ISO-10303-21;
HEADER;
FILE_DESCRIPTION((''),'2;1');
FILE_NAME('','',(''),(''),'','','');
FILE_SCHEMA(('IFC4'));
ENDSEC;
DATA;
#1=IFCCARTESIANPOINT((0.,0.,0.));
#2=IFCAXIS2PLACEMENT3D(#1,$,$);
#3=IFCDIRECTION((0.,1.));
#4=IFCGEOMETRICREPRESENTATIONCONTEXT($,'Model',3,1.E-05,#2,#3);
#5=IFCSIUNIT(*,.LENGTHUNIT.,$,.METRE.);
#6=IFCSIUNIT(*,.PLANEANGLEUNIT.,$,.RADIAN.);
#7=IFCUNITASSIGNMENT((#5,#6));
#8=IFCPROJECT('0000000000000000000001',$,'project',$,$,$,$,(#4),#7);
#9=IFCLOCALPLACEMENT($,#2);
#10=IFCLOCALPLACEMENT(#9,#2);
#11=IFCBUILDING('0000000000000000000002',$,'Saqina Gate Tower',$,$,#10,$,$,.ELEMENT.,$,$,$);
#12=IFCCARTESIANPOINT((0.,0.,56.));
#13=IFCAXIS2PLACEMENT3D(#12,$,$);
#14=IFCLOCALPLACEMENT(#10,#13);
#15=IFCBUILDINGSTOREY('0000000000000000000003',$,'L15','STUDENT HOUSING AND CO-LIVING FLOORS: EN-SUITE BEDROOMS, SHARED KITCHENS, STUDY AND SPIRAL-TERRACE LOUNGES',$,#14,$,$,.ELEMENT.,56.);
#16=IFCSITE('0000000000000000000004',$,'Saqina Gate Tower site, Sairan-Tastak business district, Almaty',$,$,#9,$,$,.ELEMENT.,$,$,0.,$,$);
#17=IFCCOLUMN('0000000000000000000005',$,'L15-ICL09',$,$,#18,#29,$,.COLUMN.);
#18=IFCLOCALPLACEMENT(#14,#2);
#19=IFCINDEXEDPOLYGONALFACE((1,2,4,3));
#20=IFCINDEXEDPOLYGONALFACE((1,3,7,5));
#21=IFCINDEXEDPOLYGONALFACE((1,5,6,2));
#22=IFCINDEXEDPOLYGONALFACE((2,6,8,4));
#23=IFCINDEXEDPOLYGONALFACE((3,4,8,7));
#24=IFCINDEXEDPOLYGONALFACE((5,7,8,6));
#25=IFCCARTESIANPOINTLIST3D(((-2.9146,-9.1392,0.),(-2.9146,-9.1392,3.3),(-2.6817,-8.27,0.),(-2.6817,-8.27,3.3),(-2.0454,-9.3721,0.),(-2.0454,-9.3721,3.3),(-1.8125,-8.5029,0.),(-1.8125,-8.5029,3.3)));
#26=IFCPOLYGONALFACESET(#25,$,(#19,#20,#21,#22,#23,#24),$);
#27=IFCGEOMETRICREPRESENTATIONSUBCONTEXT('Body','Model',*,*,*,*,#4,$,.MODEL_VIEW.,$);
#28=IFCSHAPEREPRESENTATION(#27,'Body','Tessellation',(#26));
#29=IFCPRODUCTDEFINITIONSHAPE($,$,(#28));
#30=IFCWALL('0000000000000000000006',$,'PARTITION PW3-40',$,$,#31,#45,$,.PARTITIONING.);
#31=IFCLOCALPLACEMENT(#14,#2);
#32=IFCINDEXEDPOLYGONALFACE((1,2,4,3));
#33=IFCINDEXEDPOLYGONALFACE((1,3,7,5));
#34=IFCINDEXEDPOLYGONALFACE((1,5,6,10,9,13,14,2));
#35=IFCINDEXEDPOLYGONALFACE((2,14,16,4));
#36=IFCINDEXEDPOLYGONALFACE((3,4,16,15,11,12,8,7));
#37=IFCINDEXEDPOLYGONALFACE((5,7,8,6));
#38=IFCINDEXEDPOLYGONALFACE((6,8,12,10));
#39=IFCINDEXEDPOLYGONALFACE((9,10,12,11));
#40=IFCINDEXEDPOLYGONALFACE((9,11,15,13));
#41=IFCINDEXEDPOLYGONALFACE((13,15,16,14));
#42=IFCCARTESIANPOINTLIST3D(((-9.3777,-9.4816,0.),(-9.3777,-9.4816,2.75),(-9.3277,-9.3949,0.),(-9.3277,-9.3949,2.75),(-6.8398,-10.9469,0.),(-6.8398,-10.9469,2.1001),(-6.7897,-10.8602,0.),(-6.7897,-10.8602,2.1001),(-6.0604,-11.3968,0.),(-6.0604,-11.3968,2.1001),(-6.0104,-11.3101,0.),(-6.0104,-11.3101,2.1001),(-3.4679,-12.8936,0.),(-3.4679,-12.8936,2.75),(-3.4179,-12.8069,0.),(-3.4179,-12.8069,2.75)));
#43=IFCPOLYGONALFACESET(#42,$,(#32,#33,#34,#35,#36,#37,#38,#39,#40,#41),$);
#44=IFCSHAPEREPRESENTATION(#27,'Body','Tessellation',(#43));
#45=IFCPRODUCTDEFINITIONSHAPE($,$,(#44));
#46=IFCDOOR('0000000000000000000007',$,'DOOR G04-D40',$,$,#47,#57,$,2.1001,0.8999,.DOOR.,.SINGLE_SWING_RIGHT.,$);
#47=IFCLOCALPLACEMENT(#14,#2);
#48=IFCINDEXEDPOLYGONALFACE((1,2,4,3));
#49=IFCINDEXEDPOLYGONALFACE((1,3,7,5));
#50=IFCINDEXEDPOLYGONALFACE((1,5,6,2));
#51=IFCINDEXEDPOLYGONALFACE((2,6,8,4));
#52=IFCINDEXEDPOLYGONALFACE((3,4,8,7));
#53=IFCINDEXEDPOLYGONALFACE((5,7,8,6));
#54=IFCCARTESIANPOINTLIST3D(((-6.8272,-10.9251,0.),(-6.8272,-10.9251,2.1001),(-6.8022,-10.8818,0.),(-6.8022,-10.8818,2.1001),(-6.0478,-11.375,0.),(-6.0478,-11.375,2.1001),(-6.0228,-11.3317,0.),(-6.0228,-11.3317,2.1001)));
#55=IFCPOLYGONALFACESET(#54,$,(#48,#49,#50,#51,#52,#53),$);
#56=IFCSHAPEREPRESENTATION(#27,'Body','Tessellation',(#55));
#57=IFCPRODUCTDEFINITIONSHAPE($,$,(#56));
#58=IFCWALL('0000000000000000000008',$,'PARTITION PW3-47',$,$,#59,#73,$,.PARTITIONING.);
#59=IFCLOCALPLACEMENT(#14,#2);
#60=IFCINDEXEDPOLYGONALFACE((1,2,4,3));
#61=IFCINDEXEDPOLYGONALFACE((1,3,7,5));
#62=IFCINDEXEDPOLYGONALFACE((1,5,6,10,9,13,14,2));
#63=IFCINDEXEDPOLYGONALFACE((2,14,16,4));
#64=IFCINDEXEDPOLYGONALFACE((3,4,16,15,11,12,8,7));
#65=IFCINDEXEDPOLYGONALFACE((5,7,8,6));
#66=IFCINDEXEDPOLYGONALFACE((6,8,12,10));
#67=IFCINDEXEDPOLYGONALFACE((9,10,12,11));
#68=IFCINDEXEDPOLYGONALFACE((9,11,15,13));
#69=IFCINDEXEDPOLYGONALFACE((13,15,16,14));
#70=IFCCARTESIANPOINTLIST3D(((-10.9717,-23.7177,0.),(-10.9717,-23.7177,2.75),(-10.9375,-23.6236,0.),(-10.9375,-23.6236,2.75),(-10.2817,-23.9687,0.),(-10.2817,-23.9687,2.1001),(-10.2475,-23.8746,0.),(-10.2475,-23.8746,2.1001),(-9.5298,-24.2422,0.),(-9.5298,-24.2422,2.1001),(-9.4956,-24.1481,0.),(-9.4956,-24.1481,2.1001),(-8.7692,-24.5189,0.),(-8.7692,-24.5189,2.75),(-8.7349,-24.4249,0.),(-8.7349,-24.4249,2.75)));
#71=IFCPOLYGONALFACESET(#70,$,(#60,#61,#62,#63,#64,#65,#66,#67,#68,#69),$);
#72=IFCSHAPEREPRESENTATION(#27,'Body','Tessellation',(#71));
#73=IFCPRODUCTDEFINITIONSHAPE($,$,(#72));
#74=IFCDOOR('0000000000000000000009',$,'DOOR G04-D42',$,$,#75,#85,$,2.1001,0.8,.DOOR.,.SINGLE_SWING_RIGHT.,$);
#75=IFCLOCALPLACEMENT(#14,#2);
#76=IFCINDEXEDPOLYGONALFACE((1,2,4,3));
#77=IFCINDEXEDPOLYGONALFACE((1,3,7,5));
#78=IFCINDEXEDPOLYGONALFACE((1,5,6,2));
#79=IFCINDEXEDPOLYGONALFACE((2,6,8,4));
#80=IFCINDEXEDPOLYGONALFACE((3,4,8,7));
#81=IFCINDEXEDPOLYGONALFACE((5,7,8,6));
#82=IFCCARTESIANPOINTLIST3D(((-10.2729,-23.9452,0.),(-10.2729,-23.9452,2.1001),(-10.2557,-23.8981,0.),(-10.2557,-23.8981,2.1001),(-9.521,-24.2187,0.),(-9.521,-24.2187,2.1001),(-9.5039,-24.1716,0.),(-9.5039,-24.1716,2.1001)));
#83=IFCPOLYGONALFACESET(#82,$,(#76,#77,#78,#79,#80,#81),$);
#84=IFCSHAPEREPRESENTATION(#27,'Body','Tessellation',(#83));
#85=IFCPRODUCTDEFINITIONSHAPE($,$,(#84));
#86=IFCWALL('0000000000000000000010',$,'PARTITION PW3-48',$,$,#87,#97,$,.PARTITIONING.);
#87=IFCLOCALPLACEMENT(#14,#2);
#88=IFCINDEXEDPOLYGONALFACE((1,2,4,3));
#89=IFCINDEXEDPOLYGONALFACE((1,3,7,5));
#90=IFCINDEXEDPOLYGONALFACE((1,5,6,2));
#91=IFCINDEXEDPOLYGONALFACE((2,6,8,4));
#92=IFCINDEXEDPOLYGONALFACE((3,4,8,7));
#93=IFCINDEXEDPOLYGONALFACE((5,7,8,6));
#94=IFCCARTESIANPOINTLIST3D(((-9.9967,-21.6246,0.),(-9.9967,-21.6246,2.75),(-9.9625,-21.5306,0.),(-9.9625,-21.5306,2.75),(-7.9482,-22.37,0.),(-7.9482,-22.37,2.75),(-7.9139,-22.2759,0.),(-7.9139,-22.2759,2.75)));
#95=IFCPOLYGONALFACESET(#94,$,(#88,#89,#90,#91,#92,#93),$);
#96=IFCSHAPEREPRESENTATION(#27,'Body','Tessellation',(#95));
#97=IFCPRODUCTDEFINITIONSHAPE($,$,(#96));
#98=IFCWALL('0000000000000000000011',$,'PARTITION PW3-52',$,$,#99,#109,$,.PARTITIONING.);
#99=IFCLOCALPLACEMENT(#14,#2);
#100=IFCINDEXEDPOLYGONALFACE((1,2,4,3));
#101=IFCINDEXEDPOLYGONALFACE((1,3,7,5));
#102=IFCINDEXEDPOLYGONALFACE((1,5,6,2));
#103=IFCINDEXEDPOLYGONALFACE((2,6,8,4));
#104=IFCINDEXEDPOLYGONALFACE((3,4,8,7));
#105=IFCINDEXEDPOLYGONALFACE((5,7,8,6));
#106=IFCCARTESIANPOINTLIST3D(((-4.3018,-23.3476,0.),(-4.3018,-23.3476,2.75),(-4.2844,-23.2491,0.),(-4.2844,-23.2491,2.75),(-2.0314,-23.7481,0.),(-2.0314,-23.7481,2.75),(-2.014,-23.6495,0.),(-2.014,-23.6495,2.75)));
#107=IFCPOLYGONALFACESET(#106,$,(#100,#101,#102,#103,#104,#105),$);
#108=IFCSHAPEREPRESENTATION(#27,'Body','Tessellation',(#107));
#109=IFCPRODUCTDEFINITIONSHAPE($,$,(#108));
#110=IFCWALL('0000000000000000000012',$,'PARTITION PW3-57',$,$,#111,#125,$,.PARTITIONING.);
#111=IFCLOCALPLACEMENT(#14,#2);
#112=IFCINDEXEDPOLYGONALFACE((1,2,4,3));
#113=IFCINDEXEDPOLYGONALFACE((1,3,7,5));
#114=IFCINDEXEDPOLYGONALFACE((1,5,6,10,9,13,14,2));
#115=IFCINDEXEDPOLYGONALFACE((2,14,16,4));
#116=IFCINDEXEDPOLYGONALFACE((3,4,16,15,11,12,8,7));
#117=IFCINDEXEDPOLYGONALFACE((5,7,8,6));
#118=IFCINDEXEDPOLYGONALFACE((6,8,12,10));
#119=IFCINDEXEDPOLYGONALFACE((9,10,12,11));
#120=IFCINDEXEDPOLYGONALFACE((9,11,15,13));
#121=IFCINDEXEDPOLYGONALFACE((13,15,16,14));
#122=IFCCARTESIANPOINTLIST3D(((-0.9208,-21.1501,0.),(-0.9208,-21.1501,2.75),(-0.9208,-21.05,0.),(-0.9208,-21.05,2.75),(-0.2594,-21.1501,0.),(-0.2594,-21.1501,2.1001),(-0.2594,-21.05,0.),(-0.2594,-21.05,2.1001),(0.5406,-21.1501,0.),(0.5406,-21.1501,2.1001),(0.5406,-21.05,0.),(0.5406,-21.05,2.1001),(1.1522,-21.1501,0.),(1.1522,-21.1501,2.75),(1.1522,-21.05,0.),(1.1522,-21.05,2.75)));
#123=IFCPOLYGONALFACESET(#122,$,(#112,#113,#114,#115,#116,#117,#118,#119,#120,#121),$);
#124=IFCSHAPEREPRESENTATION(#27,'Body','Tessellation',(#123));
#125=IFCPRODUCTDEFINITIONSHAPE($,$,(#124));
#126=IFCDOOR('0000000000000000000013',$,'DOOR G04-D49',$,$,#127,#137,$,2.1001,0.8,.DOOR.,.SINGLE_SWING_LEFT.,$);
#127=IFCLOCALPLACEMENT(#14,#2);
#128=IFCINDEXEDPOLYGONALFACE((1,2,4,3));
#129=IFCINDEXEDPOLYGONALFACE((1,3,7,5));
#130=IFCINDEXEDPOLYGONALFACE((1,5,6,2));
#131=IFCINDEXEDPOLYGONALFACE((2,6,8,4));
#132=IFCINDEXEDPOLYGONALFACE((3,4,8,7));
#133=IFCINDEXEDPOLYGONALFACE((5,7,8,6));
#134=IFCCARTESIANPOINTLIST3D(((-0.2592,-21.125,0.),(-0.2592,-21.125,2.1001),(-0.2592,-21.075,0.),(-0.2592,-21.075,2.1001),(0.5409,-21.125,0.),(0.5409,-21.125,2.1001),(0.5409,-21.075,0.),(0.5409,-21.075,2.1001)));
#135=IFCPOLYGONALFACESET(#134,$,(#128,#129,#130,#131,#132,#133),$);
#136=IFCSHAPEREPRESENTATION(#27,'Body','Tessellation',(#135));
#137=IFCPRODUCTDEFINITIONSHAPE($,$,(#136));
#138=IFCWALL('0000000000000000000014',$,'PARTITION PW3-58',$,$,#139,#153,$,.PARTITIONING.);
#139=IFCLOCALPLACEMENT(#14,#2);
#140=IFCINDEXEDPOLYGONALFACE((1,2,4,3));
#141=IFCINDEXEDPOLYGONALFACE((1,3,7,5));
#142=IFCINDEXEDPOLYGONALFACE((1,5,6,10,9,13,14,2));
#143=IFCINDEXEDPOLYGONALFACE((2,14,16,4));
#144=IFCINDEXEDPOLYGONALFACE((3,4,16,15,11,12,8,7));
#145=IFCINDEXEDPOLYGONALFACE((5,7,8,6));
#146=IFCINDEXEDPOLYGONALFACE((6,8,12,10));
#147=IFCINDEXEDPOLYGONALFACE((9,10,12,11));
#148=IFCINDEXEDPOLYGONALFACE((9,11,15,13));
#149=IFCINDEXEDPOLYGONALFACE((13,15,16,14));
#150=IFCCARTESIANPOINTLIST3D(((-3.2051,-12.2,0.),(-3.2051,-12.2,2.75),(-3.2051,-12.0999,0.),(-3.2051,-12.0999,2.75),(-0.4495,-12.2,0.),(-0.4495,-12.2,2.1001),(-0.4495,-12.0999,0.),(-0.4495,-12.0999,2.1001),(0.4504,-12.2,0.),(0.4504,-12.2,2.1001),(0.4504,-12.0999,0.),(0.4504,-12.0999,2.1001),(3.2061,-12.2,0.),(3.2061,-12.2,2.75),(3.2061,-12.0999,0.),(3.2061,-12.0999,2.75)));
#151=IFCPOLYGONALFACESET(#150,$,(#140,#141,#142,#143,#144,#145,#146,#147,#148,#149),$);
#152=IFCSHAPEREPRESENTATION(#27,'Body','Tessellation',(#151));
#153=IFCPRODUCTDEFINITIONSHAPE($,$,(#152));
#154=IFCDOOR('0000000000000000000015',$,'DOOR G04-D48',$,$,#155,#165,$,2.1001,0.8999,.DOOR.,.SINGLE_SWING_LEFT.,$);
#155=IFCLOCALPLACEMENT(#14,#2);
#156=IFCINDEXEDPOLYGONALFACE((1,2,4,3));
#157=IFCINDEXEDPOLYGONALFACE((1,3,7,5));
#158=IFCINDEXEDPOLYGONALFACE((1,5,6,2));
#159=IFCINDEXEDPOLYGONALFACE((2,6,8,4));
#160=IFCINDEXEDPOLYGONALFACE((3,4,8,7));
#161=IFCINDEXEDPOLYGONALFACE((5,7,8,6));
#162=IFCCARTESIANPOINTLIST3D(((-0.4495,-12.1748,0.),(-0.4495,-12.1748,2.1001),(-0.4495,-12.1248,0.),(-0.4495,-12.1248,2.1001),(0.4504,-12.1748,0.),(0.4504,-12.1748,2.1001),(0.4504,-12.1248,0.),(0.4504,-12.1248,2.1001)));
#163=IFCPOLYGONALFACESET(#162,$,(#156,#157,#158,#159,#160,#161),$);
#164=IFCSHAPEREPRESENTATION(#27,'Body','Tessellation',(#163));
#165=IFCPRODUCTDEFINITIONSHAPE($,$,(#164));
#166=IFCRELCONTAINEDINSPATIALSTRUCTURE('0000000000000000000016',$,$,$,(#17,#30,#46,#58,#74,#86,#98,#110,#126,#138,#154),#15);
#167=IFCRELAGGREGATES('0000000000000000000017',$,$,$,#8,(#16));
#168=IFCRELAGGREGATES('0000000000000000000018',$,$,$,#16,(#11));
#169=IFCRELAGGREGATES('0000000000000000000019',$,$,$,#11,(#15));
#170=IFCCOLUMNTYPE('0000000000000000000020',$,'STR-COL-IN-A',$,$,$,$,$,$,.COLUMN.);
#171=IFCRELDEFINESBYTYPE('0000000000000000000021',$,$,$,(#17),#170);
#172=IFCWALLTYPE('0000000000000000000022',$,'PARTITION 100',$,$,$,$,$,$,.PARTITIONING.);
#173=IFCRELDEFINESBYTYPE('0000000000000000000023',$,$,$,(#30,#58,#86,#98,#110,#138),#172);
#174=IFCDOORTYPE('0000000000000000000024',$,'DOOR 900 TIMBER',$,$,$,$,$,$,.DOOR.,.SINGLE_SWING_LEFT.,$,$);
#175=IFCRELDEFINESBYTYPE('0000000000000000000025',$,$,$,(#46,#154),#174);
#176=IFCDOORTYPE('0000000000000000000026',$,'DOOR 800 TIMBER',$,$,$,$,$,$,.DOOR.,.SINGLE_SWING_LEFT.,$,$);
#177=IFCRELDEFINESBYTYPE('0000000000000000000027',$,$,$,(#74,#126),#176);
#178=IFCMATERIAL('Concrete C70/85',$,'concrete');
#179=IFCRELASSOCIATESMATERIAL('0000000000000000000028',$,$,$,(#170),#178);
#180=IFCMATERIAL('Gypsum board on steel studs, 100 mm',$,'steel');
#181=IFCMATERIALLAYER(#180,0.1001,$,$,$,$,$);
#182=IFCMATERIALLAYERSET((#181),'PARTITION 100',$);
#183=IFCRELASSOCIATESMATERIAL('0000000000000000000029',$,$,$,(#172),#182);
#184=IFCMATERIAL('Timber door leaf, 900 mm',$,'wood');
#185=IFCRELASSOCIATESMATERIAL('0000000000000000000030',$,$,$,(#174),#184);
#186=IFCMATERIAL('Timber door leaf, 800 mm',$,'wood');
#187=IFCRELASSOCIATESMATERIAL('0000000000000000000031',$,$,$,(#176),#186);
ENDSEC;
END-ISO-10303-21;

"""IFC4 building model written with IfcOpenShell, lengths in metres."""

from ifc_helpers import new_model, si_unit, direction, frame, frame_2d, origin, origin_2d, place, context, subcontext, project, spatial, rectangle, extrude, material, layer, layer_set, material_profile, profile_set, type_object, element, fill, save


model = new_model("IFC4")

# Units and contexts
model_context = context("Model", 3, precision=1e-05, world=origin(), true_north=direction((0.0, 1.0)))
body_context = subcontext(model_context, "Body", "Model", "MODEL_VIEW")
ifc_project = project(units=[si_unit("LENGTHUNIT", "METRE"), si_unit("PLANEANGLEUNIT", "RADIAN")], contexts=[model_context])

# Site, building, storey
site_placement = place(None, origin())
site = spatial("IfcSite", under=ifc_project, at=site_placement, Name="Saqina Gate Tower site, Sairan-Tastak business district, Almaty", CompositionType="ELEMENT", RefElevation=0.0)
building_placement = place(site_placement, origin())
building = spatial("IfcBuilding", under=site, at=building_placement, Name="Saqina Gate Tower", CompositionType="ELEMENT")
storey_placement = place(building_placement, frame((0.0, 0.0, 56.0)))
storey = spatial("IfcBuildingStorey", under=building, at=storey_placement, Name="L15", Description="STUDENT HOUSING AND CO-LIVING FLOORS: EN-SUITE BEDROOMS, SHARED KITCHENS, STUDY AND SPIRAL-TERRACE LOUNGES", CompositionType="ELEMENT", Elevation=56.0)

# Column
ifc_material_1 = material(Name="Concrete C70/85", Category="concrete")
ifc_material_profile = material_profile(ifc_material_1, rectangle(XDim=0.8999, YDim=0.8999, at=origin_2d()), Name="RC 900x900")
ifc_profile_set = profile_set([ifc_material_profile], Name="Concrete C70/85")
column_type = type_object("IfcColumnType", Name="STR-COL-IN-A", PredefinedType="COLUMN", material=ifc_profile_set)
column_placement = place(storey_placement, frame((-2.3635, -8.821, 0.0), z_axis=(0.0, 0.0, 1.0), x_axis=(-0.258819, -0.965926, 0.0)))
element("IfcColumn", 1, at=column_placement, inside=storey, type_object=column_type, Name="L15-ICL09", PredefinedType="COLUMN", context=body_context, shape_type="SweptSolid", body=[
    extrude(rectangle(XDim=0.8999, YDim=0.8999, at=origin_2d()), origin(), (0.0, 0.0, 1.0), 3.3),
])

# Walls, openings, doors
ifc_material_2 = material(Name="Gypsum board on steel studs, 100 mm", Category="steel")
ifc_layer_1 = layer(ifc_material_2, 0.1001)
ifc_layer_set_1 = layer_set([ifc_layer_1], Name="PARTITION 100")
wall_type_1 = type_object("IfcWallType", Name="PARTITION 100", PredefinedType="PARTITIONING", material=ifc_layer_set_1)
wall_1_placement = place(storey_placement, frame((-9.3528, -9.4382, 0.0), z_axis=(0.0, 0.0, 1.0), x_axis=(0.866031, -0.499991, 0.0)))
wall_1 = element("IfcWall", 2, at=wall_1_placement, inside=storey, type_object=wall_type_1, Name="PARTITION PW3-40", PredefinedType="PARTITIONING", context=body_context, shape_type="SweptSolid", body=[
    extrude(rectangle(XDim=6.824, YDim=0.1001, at=frame_2d((3.4121, 0.0))), origin(), (0.0, 0.0, 1.0), 2.75),
])
opening_1_placement = place(wall_1_placement, frame((2.9307, 0.0, 0.0)))
opening_1 = element("IfcOpeningElement", 3, at=opening_1_placement, cuts=wall_1, PredefinedType="OPENING", context=body_context, shape_type="SweptSolid", body=[
    extrude(rectangle(XDim=0.8999, YDim=2.1001, at=frame_2d((0.45, 1.05))), frame((0.0, 0.062, 0.0), z_axis=(0.0, -1.0, 0.0), x_axis=(1.0, 0.0, 0.0)), (0.0, 0.0, 1.0), 0.124),
])
ifc_material_3 = material(Name="Timber door leaf, 900 mm", Category="wood")
door_type_1 = type_object("IfcDoorType", Name="DOOR 900 TIMBER", OperationType="SINGLE_SWING_LEFT", PredefinedType="DOOR", material=ifc_material_3)
door_1_placement = place(opening_1_placement, frame((0.8999, 0.0, 0.0), z_axis=(0.0, 0.0, 1.0), x_axis=(-1.0, 0.0, 0.0)))
door_1 = element("IfcDoor", 4, at=door_1_placement, inside=storey, type_object=door_type_1, Name="DOOR G04-D40", OperationType="SINGLE_SWING_RIGHT", OverallHeight=2.1001, OverallWidth=0.8999, PredefinedType="DOOR", context=body_context, shape_type="SweptSolid", body=[
    extrude(rectangle(XDim=0.8999, YDim=2.1001, at=frame_2d((0.45, 1.05))), frame((0.0, 0.0249, 0.0), z_axis=(0.0, -1.0, 0.0), x_axis=(1.0, 0.0, 0.0)), (0.0, 0.0, 1.0), 0.05),
])
fill(opening_1, door_1)
wall_2_placement = place(storey_placement, frame((-10.9546, -23.6707, 0.0), z_axis=(0.0, 0.0, 1.0), x_axis=(0.939751, -0.34186, 0.0)))
wall_2 = element("IfcWall", 5, at=wall_2_placement, inside=storey, type_object=wall_type_1, Name="PARTITION PW3-47", PredefinedType="PARTITIONING", context=body_context, shape_type="SweptSolid", body=[
    extrude(rectangle(XDim=2.3438, YDim=0.1001, at=frame_2d((1.1719, 0.0))), origin(), (0.0, 0.0, 1.0), 2.75),
])
opening_2_placement = place(wall_2_placement, frame((0.7344, 0.0, 0.0)))
opening_2 = element("IfcOpeningElement", 6, at=opening_2_placement, cuts=wall_2, PredefinedType="OPENING", context=body_context, shape_type="SweptSolid", body=[
    extrude(rectangle(XDim=0.8, YDim=2.1001, at=frame_2d((0.3999, 1.05))), frame((0.0, 0.062, 0.0), z_axis=(0.0, -1.0, 0.0), x_axis=(1.0, 0.0, 0.0)), (0.0, 0.0, 1.0), 0.124),
])
ifc_material_4 = material(Name="Timber door leaf, 800 mm", Category="wood")
door_type_2 = type_object("IfcDoorType", Name="DOOR 800 TIMBER", OperationType="SINGLE_SWING_LEFT", PredefinedType="DOOR", material=ifc_material_4)
door_2_placement = place(opening_2_placement, frame((0.8, 0.0, 0.0), z_axis=(0.0, 0.0, 1.0), x_axis=(-1.0, 0.0, 0.0)))
door_2 = element("IfcDoor", 7, at=door_2_placement, inside=storey, type_object=door_type_2, Name="DOOR G04-D42", OperationType="SINGLE_SWING_RIGHT", OverallHeight=2.1001, OverallWidth=0.8, PredefinedType="DOOR", context=body_context, shape_type="SweptSolid", body=[
    extrude(rectangle(XDim=0.8, YDim=2.1001, at=frame_2d((0.3999, 1.05))), frame((0.0, 0.0249, 0.0), z_axis=(0.0, -1.0, 0.0), x_axis=(1.0, 0.0, 0.0)), (0.0, 0.0, 1.0), 0.05),
])
fill(opening_2, door_2)

# Walls
wall_3_placement = place(storey_placement, frame((-9.9795, -21.5776, 0.0), z_axis=(0.0, 0.0, 1.0), x_axis=(0.939731, -0.341914, 0.0)))
element("IfcWall", 8, at=wall_3_placement, inside=storey, type_object=wall_type_1, Name="PARTITION PW3-48", PredefinedType="PARTITIONING", context=body_context, shape_type="SweptSolid", body=[
    extrude(rectangle(XDim=2.1799, YDim=0.1001, at=frame_2d((1.0898, 0.0))), origin(), (0.0, 0.0, 1.0), 2.75),
])
wall_4_placement = place(storey_placement, frame((-4.2932, -23.2983, 0.0), z_axis=(0.0, 0.0, 1.0), x_axis=(0.984802, -0.173683, 0.0)))
element("IfcWall", 9, at=wall_4_placement, inside=storey, type_object=wall_type_1, Name="PARTITION PW3-52", PredefinedType="PARTITIONING", context=body_context, shape_type="SweptSolid", body=[
    extrude(rectangle(XDim=2.3054, YDim=0.1001, at=frame_2d((1.1528, 0.0))), origin(), (0.0, 0.0, 1.0), 2.75),
])

# Walls, openings, doors
wall_5_placement = place(storey_placement, frame((-0.9209, -21.1001, 0.0), z_axis=(0.0, 0.0, 1.0), x_axis=(1.0, 0.0, 0.0)))
wall_5 = element("IfcWall", 10, at=wall_5_placement, inside=storey, type_object=wall_type_1, Name="PARTITION PW3-57", PredefinedType="PARTITIONING", context=body_context, shape_type="SweptSolid", body=[
    extrude(rectangle(XDim=2.073, YDim=0.1001, at=frame_2d((1.0366, 0.0))), origin(), (0.0, 0.0, 1.0), 2.75),
])
opening_3_placement = place(wall_5_placement, frame((0.6616, 0.0, 0.0)))
opening_3 = element("IfcOpeningElement", 11, at=opening_3_placement, cuts=wall_5, PredefinedType="OPENING", context=body_context, shape_type="SweptSolid", body=[
    extrude(rectangle(XDim=0.8, YDim=2.1001, at=frame_2d((0.3999, 1.05))), frame((0.0, 0.062, 0.0), z_axis=(0.0, -1.0, 0.0), x_axis=(1.0, 0.0, 0.0)), (0.0, 0.0, 1.0), 0.124),
])
door_3_placement = place(opening_3_placement, frame((0.8, 0.0, 0.0), z_axis=(0.0, 0.0, 1.0), x_axis=(-1.0, 0.0, 0.0)))
door_3 = element("IfcDoor", 12, at=door_3_placement, inside=storey, type_object=door_type_2, Name="DOOR G04-D49", OperationType="SINGLE_SWING_LEFT", OverallHeight=2.1001, OverallWidth=0.8, PredefinedType="DOOR", context=body_context, shape_type="SweptSolid", body=[
    extrude(rectangle(XDim=0.8, YDim=2.1001, at=frame_2d((0.3999, 1.05))), frame((0.0, 0.0249, 0.0), z_axis=(0.0, -1.0, 0.0), x_axis=(1.0, 0.0, 0.0)), (0.0, 0.0, 1.0), 0.05),
])
fill(opening_3, door_3)
wall_6_placement = place(storey_placement, frame((-3.2051, -12.1499, 0.0), z_axis=(0.0, 0.0, 1.0), x_axis=(1.0, 0.0, 0.0)))
wall_6 = element("IfcWall", 13, at=wall_6_placement, inside=storey, type_object=wall_type_1, Name="PARTITION PW3-58", PredefinedType="PARTITIONING", context=body_context, shape_type="SweptSolid", body=[
    extrude(rectangle(XDim=6.4111, YDim=0.1001, at=frame_2d((3.2056, 0.0))), origin(), (0.0, 0.0, 1.0), 2.75),
])
opening_4_placement = place(wall_6_placement, frame((2.7556, 0.0, 0.0)))
opening_4 = element("IfcOpeningElement", 14, at=opening_4_placement, cuts=wall_6, PredefinedType="OPENING", context=body_context, shape_type="SweptSolid", body=[
    extrude(rectangle(XDim=0.8999, YDim=2.1001, at=frame_2d((0.45, 1.05))), frame((0.0, 0.062, 0.0), z_axis=(0.0, -1.0, 0.0), x_axis=(1.0, 0.0, 0.0)), (0.0, 0.0, 1.0), 0.124),
])
door_4_placement = place(opening_4_placement, frame((0.8999, 0.0, 0.0), z_axis=(0.0, 0.0, 1.0), x_axis=(-1.0, 0.0, 0.0)))
door_4 = element("IfcDoor", 15, at=door_4_placement, inside=storey, type_object=door_type_1, Name="DOOR G04-D48", OperationType="SINGLE_SWING_LEFT", OverallHeight=2.1001, OverallWidth=0.8999, PredefinedType="DOOR", context=body_context, shape_type="SweptSolid", body=[
    extrude(rectangle(XDim=0.8999, YDim=2.1001, at=frame_2d((0.45, 1.05))), frame((0.0, 0.0249, 0.0), z_axis=(0.0, -1.0, 0.0), x_axis=(1.0, 0.0, 0.0)), (0.0, 0.0, 1.0), 0.05),
])
fill(opening_4, door_4)

save(model, "model.ifc")
